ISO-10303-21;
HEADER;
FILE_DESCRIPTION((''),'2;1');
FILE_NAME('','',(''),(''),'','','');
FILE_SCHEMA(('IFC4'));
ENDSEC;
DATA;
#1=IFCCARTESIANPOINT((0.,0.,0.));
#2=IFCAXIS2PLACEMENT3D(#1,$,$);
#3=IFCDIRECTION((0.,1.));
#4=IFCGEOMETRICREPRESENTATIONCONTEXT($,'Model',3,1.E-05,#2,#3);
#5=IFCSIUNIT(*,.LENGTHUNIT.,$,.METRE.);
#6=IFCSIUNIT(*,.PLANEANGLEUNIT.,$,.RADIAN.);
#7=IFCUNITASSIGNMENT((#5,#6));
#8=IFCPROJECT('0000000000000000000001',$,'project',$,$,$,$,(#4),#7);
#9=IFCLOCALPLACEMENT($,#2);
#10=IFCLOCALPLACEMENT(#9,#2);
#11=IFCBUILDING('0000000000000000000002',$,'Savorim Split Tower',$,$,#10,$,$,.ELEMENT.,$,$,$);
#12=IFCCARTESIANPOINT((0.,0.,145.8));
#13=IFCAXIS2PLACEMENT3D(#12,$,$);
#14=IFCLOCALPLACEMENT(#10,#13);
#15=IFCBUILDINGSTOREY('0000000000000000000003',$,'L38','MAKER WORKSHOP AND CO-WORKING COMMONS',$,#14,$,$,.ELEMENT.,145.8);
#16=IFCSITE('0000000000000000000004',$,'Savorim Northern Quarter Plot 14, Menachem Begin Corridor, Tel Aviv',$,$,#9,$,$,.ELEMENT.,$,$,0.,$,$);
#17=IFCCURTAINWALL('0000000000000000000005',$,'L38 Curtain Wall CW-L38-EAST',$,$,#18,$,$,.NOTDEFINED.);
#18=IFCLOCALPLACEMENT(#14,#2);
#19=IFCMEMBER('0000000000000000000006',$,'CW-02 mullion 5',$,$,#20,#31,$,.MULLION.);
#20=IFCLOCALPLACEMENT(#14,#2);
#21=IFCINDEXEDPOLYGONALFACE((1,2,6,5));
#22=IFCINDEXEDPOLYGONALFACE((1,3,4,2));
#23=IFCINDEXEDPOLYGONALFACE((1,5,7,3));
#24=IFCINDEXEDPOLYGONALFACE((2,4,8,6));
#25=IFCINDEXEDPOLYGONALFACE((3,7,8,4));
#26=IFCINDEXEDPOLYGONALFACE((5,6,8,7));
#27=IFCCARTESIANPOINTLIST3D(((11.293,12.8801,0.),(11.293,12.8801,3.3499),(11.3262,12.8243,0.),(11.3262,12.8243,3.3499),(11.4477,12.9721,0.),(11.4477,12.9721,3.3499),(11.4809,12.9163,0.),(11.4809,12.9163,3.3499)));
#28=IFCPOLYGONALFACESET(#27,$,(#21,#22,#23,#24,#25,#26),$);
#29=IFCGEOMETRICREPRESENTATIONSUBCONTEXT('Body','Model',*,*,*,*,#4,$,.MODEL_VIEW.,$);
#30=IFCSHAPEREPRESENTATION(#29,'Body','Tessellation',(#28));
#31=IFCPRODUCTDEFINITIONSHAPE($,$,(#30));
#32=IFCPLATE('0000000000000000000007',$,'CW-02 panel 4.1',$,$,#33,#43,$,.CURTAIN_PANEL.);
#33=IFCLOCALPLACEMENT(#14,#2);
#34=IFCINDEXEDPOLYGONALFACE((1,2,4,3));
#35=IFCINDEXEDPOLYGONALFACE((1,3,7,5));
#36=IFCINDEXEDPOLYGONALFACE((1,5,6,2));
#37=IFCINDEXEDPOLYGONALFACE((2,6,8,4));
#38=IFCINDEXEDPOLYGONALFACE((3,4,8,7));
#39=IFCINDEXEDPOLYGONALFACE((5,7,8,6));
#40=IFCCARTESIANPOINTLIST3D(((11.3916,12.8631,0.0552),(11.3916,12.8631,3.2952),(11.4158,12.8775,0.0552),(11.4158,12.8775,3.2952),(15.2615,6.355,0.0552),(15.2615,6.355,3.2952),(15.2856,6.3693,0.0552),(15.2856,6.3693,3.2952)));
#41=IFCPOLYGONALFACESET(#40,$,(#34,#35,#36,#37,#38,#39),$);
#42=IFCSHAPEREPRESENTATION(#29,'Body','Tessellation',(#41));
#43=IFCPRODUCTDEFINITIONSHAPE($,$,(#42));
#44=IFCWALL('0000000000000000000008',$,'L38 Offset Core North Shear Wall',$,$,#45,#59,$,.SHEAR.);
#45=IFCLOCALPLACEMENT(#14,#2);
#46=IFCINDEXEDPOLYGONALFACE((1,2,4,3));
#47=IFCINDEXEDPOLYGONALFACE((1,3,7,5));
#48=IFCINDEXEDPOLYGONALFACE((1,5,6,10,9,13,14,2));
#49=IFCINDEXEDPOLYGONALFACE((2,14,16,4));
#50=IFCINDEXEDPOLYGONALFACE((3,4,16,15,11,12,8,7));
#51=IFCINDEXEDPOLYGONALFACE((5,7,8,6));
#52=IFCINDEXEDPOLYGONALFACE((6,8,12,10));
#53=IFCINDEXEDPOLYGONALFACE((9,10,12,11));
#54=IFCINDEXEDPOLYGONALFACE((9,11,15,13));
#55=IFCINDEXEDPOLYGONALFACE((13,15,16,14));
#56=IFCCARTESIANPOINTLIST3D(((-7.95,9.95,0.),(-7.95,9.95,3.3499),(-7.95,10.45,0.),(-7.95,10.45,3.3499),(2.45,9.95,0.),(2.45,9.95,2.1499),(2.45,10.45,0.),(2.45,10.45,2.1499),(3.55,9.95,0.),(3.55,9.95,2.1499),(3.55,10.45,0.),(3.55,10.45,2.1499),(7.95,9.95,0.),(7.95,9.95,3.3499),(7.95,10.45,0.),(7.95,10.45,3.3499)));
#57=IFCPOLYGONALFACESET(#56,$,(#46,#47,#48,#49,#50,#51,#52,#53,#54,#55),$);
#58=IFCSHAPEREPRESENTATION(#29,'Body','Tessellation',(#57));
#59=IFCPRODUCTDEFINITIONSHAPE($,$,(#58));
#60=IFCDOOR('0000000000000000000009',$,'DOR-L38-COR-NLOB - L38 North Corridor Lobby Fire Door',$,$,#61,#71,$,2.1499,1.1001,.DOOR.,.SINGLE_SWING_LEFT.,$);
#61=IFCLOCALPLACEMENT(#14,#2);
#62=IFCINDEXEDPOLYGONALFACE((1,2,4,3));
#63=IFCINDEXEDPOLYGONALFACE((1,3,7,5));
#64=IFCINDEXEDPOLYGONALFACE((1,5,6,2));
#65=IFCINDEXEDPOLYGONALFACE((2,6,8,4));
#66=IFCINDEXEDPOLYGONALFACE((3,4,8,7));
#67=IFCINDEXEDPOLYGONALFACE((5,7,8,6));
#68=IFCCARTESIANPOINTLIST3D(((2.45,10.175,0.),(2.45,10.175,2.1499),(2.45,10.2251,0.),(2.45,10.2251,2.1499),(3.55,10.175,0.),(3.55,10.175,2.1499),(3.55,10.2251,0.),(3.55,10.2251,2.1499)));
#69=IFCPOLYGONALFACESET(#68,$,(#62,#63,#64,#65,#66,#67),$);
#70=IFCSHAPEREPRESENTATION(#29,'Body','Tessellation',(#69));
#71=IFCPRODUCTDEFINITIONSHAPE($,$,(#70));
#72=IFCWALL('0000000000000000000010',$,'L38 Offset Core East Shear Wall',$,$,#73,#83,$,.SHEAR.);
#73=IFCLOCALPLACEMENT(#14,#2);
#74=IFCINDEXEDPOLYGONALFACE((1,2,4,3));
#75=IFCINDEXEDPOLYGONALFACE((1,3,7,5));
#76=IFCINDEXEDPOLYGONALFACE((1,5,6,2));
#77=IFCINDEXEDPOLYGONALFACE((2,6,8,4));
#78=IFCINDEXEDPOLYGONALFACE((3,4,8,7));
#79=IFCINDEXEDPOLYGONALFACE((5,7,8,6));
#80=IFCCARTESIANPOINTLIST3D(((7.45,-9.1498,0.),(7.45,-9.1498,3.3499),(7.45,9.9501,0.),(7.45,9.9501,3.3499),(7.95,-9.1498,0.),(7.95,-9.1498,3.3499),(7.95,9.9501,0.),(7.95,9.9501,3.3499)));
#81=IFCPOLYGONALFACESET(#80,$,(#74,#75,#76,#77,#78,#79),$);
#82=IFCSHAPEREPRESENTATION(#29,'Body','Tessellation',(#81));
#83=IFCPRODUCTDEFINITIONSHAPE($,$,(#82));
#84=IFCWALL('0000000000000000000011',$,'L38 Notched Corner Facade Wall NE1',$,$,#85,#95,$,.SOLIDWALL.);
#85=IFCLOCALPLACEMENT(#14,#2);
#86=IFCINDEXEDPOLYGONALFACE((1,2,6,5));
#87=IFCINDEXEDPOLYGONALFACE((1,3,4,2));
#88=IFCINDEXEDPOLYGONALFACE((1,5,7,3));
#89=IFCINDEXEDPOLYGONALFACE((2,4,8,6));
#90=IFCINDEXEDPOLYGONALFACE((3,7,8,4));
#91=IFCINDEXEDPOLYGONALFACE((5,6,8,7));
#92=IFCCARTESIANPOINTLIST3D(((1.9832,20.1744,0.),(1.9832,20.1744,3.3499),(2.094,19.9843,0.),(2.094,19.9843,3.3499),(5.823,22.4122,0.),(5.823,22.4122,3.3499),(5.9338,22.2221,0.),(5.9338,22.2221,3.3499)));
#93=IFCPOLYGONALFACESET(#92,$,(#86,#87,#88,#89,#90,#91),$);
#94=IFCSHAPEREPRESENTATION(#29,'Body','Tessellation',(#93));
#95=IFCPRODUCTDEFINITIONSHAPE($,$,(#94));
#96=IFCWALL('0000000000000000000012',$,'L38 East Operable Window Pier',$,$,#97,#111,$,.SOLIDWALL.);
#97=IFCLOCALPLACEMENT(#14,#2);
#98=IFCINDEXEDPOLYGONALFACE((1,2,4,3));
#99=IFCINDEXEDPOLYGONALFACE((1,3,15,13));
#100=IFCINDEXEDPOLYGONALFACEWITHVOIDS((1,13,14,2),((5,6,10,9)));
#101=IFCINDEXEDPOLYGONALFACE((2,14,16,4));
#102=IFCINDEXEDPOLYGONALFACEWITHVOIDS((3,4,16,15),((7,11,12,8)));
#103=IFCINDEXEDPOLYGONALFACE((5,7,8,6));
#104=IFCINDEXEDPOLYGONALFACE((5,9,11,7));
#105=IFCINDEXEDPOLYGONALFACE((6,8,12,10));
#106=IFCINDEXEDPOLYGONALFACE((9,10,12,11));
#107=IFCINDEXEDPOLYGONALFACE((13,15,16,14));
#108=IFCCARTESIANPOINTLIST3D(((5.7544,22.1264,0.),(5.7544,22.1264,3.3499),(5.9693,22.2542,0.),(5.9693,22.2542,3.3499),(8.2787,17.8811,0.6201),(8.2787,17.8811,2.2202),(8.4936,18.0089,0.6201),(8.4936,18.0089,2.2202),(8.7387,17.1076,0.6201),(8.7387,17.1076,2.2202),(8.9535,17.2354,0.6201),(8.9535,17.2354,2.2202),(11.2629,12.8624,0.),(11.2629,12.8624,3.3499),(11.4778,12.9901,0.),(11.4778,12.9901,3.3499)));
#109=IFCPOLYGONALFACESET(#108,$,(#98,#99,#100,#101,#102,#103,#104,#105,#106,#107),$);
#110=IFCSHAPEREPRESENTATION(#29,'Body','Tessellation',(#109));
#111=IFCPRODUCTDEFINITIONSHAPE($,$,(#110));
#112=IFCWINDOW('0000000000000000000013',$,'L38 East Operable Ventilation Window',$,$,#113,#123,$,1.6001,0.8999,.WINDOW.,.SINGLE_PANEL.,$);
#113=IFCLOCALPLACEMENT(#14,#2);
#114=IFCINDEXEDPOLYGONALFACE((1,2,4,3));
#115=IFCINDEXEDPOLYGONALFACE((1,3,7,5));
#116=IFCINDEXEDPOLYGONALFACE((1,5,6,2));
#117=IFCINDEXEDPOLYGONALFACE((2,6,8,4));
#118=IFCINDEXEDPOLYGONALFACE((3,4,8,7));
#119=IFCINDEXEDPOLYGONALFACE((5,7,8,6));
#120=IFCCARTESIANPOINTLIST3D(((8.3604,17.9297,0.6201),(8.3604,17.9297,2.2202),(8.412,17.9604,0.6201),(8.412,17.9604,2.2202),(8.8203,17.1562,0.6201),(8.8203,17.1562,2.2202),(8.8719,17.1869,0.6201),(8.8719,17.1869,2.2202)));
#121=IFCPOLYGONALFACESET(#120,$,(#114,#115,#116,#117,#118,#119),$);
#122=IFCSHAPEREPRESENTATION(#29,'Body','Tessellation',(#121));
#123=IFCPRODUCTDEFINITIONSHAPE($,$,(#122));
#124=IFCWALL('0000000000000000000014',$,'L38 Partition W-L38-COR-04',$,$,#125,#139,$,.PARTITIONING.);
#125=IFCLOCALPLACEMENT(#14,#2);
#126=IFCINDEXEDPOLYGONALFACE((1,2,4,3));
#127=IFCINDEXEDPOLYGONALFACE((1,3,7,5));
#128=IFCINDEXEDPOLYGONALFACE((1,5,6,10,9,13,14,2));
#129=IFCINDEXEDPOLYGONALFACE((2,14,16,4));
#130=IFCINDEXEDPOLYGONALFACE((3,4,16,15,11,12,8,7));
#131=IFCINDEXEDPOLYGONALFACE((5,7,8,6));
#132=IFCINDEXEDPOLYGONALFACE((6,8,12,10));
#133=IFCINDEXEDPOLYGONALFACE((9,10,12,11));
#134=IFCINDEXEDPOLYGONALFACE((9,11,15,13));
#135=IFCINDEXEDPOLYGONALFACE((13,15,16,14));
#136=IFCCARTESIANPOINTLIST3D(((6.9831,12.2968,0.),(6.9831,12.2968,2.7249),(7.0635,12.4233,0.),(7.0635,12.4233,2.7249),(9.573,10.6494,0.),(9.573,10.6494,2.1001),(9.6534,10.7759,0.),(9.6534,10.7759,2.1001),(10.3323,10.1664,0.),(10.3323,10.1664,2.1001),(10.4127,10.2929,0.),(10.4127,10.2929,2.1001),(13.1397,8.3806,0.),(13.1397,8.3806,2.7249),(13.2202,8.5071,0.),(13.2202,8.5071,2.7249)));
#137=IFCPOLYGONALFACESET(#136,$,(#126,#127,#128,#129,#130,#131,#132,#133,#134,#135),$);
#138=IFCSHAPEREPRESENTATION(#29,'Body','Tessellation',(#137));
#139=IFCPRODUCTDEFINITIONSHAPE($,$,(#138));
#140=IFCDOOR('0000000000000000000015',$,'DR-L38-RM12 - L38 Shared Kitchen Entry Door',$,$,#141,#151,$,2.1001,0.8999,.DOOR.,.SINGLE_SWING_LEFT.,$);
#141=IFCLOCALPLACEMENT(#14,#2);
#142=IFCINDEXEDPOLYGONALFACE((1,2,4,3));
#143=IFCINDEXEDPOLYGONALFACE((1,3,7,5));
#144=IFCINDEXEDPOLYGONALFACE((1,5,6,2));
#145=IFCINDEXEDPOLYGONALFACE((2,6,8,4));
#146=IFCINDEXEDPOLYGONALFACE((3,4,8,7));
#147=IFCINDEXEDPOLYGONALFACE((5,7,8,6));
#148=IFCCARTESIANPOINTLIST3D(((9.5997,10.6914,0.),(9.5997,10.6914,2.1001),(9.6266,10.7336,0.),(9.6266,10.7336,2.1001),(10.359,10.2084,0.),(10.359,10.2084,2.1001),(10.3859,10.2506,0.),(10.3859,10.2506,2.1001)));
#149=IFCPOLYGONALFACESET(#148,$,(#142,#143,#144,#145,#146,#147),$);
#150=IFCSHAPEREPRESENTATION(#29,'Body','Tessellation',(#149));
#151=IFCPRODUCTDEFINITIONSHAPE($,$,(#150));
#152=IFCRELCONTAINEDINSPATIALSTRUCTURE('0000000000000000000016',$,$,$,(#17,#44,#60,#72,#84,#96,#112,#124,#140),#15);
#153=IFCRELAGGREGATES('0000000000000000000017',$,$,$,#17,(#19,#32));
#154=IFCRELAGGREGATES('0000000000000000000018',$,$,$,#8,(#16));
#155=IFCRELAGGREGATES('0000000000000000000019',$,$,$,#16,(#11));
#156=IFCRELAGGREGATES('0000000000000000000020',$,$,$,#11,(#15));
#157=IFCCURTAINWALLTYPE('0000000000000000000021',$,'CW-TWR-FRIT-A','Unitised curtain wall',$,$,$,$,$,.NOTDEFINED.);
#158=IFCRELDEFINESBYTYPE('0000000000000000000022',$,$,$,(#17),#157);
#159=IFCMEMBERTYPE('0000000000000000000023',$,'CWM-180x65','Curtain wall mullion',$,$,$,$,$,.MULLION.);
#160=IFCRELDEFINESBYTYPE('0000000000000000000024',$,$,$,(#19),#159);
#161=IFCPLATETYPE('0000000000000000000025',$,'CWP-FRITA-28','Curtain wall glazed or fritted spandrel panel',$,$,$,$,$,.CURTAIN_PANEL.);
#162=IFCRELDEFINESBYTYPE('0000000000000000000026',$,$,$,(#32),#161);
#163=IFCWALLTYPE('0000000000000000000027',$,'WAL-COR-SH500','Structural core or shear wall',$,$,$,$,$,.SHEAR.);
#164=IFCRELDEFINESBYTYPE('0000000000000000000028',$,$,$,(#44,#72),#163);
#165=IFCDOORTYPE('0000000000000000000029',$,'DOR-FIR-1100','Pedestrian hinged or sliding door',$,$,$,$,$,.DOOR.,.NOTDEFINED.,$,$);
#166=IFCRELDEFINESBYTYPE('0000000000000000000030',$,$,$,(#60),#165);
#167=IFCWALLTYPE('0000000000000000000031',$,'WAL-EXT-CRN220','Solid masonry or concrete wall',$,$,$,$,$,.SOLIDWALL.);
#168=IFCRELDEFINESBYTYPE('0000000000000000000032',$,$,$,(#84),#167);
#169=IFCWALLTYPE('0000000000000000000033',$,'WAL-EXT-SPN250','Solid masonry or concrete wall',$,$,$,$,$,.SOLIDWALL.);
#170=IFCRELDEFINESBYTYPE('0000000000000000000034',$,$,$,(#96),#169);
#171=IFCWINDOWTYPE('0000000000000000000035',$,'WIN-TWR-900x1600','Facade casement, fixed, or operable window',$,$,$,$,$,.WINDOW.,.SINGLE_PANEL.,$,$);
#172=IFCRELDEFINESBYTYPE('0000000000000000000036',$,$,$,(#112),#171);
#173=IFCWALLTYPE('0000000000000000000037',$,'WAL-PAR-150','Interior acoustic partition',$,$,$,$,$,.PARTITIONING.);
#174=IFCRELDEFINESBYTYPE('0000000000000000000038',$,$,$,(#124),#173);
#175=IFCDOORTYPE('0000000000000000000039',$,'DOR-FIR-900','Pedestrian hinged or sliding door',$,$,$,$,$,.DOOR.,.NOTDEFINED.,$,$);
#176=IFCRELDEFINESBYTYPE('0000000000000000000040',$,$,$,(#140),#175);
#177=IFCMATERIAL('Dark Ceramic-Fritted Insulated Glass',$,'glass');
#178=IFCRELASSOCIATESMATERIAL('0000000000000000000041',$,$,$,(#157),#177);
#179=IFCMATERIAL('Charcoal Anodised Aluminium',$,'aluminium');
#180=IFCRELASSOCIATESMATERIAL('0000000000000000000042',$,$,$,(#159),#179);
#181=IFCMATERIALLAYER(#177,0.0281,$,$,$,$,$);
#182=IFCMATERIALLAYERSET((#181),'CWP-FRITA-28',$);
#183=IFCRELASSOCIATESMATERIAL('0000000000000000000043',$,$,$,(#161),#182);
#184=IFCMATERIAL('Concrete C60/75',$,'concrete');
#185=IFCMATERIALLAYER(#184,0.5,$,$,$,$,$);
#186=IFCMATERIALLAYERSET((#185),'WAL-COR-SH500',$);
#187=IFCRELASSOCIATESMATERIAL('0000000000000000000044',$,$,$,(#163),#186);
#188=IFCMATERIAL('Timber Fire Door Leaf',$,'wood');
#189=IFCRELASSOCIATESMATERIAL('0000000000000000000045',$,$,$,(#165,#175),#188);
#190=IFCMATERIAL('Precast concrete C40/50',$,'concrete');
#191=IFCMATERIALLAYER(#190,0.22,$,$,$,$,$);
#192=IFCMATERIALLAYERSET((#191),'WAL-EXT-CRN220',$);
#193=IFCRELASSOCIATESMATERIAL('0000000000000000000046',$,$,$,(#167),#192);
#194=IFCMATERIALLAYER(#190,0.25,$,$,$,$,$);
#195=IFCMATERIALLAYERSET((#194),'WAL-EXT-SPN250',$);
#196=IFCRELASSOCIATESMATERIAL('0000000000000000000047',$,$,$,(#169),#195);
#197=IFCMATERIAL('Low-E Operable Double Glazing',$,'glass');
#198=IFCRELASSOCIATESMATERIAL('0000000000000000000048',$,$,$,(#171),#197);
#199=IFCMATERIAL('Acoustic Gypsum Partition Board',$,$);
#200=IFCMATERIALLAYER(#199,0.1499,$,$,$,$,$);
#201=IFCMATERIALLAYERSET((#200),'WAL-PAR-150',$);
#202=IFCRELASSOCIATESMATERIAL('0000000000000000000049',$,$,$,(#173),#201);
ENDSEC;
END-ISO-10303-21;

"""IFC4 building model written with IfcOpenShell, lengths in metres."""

from ifc_helpers import new_model, si_unit, direction, frame, frame_2d, origin, origin_2d, place, context, subcontext, project, spatial, rectangle, extrude, material, layer, layer_set, material_profile, profile_set, type_object, element, fill, aggregate, save


model = new_model("IFC4")

# Units and contexts
model_context = context("Model", 3, precision=1e-05, world=origin(), true_north=direction((0.0, 1.0)))
body_context = subcontext(model_context, "Body", "Model", "MODEL_VIEW")
ifc_project = project(units=[si_unit("LENGTHUNIT", "METRE"), si_unit("PLANEANGLEUNIT", "RADIAN")], contexts=[model_context])

# Site, building, storey
site_placement = place(None, origin())
site = spatial("IfcSite", under=ifc_project, at=site_placement, Name="Savorim Northern Quarter Plot 14, Menachem Begin Corridor, Tel Aviv", CompositionType="ELEMENT", RefElevation=0.0)
building_placement = place(site_placement, origin())
building = spatial("IfcBuilding", under=site, at=building_placement, Name="Savorim Split Tower", CompositionType="ELEMENT")
storey_placement = place(building_placement, frame((0.0, 0.0, 145.8)))
storey = spatial("IfcBuildingStorey", under=building, at=storey_placement, Name="L38", Description="MAKER WORKSHOP AND CO-WORKING COMMONS", CompositionType="ELEMENT", Elevation=145.8)

# Curtain wall, member, plate
ifc_material_1 = material(Name="Dark Ceramic-Fritted Insulated Glass", Category="glass")
curtain_wall_type = type_object("IfcCurtainWallType", Name="CW-TWR-FRIT-A", Description="Unitised curtain wall", PredefinedType="NOTDEFINED", material=ifc_material_1)
curtain_wall_placement = place(storey_placement, origin())
curtain_wall = element("IfcCurtainWall", 1, at=curtain_wall_placement, inside=storey, type_object=curtain_wall_type, Name="L38 Curtain Wall CW-L38-EAST", PredefinedType="NOTDEFINED")
ifc_material_2 = material(Name="Charcoal Anodised Aluminium", Category="aluminium")
ifc_material_profile_1 = material_profile(ifc_material_2, rectangle(XDim=0.1799, YDim=0.0649, at=origin_2d()), Name="ALU-M 180x65")
ifc_profile_set_1 = profile_set([ifc_material_profile_1], Name="Charcoal Anodised Aluminium")
member_type = type_object("IfcMemberType", Name="CWM-180x65", Description="Curtain wall mullion", PredefinedType="MULLION", material=ifc_profile_set_1)
member_placement = place(storey_placement, frame((11.387, 12.8982, 0.0), z_axis=(0.0, 0.0, 1.0), x_axis=(-0.859526, -0.511091, 0.0)))
member = element("IfcMember", 2, at=member_placement, type_object=member_type, Name="CW-02 mullion 5", PredefinedType="MULLION", context=body_context, shape_type="SweptSolid", body=[
    extrude(rectangle(XDim=0.1799, YDim=0.0649, at=origin_2d()), origin(), (0.0, 0.0, 1.0), 3.3499),
])
ifc_layer_1 = layer(ifc_material_1, 0.0281)
ifc_layer_set_1 = layer_set([ifc_layer_1], Name="CWP-FRITA-28")
plate_type = type_object("IfcPlateType", Name="CWP-FRITA-28", Description="Curtain wall glazed or fritted spandrel panel", PredefinedType="CURTAIN_PANEL", material=ifc_layer_set_1)
plate_placement = place(storey_placement, frame((13.3386, 9.6162, 0.0552), z_axis=(0.0, 0.0, 1.0), x_axis=(-0.511091, 0.859526, 0.0)))
plate = element("IfcPlate", 3, at=plate_placement, type_object=plate_type, Name="CW-02 panel 4.1", PredefinedType="CURTAIN_PANEL", context=body_context, shape_type="SweptSolid", body=[
    extrude(rectangle(XDim=7.5718, YDim=0.0281, at=origin_2d()), origin(), (0.0, 0.0, 1.0), 3.24),
])
aggregate(curtain_wall, [member, plate])

# Wall, opening, door
ifc_material_3 = material(Name="Concrete C60/75", Category="concrete")
ifc_layer_2 = layer(ifc_material_3, 0.5)
ifc_layer_set_2 = layer_set([ifc_layer_2], Name="WAL-COR-SH500")
wall_type_1 = type_object("IfcWallType", Name="WAL-COR-SH500", Description="Structural core or shear wall", PredefinedType="SHEAR", material=ifc_layer_set_2)
wall_1_placement = place(storey_placement, frame((7.95, 10.2, 0.0), z_axis=(0.0, 0.0, 1.0), x_axis=(-1.0, 0.0, 0.0)))
wall_1 = element("IfcWall", 4, at=wall_1_placement, inside=storey, type_object=wall_type_1, Name="L38 Offset Core North Shear Wall", PredefinedType="SHEAR", context=body_context, shape_type="SweptSolid", body=[
    extrude(rectangle(XDim=15.8999, YDim=0.5, at=frame_2d((7.95, 0.0))), origin(), (0.0, 0.0, 1.0), 3.3499),
])
opening_1_placement = place(wall_1_placement, frame((4.3999, 0.0, 0.0)))
opening_1 = element("IfcOpeningElement", 5, at=opening_1_placement, cuts=wall_1, PredefinedType="OPENING", context=body_context, shape_type="SweptSolid", body=[
    extrude(rectangle(XDim=1.1001, YDim=2.1499, at=frame_2d((0.55, 1.075))), frame((0.0, 0.26, 0.0), z_axis=(0.0, -1.0, 0.0), x_axis=(1.0, 0.0, 0.0)), (0.0, 0.0, 1.0), 0.52),
])
ifc_material_4 = material(Name="Timber Fire Door Leaf", Category="wood")
door_type_1 = type_object("IfcDoorType", Name="DOR-FIR-1100", Description="Pedestrian hinged or sliding door", OperationType="NOTDEFINED", PredefinedType="DOOR", material=ifc_material_4)
door_1_placement = place(opening_1_placement, origin())
door_1 = element("IfcDoor", 6, at=door_1_placement, inside=storey, type_object=door_type_1, Name="DOR-L38-COR-NLOB - L38 North Corridor Lobby Fire Door", OperationType="SINGLE_SWING_LEFT", OverallHeight=2.1499, OverallWidth=1.1001, PredefinedType="DOOR", context=body_context, shape_type="SweptSolid", body=[
    extrude(rectangle(XDim=1.1001, YDim=2.1499, at=frame_2d((0.55, 1.075))), frame((0.0, 0.0249, 0.0), z_axis=(0.0, -1.0, 0.0), x_axis=(1.0, 0.0, 0.0)), (0.0, 0.0, 1.0), 0.05),
])
fill(opening_1, door_1)

# Walls
wall_2_placement = place(storey_placement, frame((7.7, 9.95, 0.0), z_axis=(0.0, 0.0, 1.0), x_axis=(0.0, -1.0, 0.0)))
element("IfcWall", 7, at=wall_2_placement, inside=storey, type_object=wall_type_1, Name="L38 Offset Core East Shear Wall", PredefinedType="SHEAR", context=body_context, shape_type="SweptSolid", body=[
    extrude(rectangle(XDim=19.0999, YDim=0.5, at=frame_2d((9.5498, 0.0))), origin(), (0.0, 0.0, 1.0), 3.3499),
])
ifc_material_5 = material(Name="Precast concrete C40/50", Category="concrete")
ifc_layer_3 = layer(ifc_material_5, 0.22)
ifc_layer_set_3 = layer_set([ifc_layer_3], Name="WAL-EXT-CRN220")
wall_type_2 = type_object("IfcWallType", Name="WAL-EXT-CRN220", Description="Solid masonry or concrete wall", PredefinedType="SOLIDWALL", material=ifc_layer_set_3)
wall_3_placement = place(storey_placement, frame((2.0386, 20.0793, 0.0), z_axis=(0.0, 0.0, 1.0), x_axis=(0.863986, 0.503516, 0.0)))
element("IfcWall", 8, at=wall_3_placement, inside=storey, type_object=wall_type_2, Name="L38 Notched Corner Facade Wall NE1", PredefinedType="SOLIDWALL", context=body_context, shape_type="SweptSolid", body=[
    extrude(rectangle(XDim=4.4443, YDim=0.22, at=frame_2d((2.2222, 0.0))), origin(), (0.0, 0.0, 1.0), 3.3499),
])

# Wall, opening, window
ifc_layer_4 = layer(ifc_material_5, 0.25)
ifc_layer_set_4 = layer_set([ifc_layer_4], Name="WAL-EXT-SPN250")
wall_type_3 = type_object("IfcWallType", Name="WAL-EXT-SPN250", Description="Solid masonry or concrete wall", PredefinedType="SOLIDWALL", material=ifc_layer_set_4)
wall_4_placement = place(storey_placement, frame((5.8618, 22.1904, 0.0), z_axis=(0.0, 0.0, 1.0), x_axis=(0.511084, -0.859531, 0.0)))
wall_4 = element("IfcWall", 9, at=wall_4_placement, inside=storey, type_object=wall_type_3, Name="L38 East Operable Window Pier", PredefinedType="SOLIDWALL", context=body_context, shape_type="SweptSolid", body=[
    extrude(rectangle(XDim=10.7781, YDim=0.25, at=frame_2d((5.3892, 0.0))), origin(), (0.0, 0.0, 1.0), 3.3499),
])
opening_2_placement = place(wall_4_placement, frame((4.9392, 0.0, 0.6201)))
opening_2 = element("IfcOpeningElement", 10, at=opening_2_placement, cuts=wall_4, PredefinedType="OPENING", context=body_context, shape_type="SweptSolid", body=[
    extrude(rectangle(XDim=0.8999, YDim=1.6001, at=frame_2d((0.45, 0.8))), frame((0.0, 0.135, 0.0), z_axis=(0.0, -1.0, 0.0), x_axis=(1.0, 0.0, 0.0)), (0.0, 0.0, 1.0), 0.27),
])
ifc_material_6 = material(Name="Low-E Operable Double Glazing", Category="glass")
window_type = type_object("IfcWindowType", Name="WIN-TWR-900x1600", Description="Facade casement, fixed, or operable window", PartitioningType="SINGLE_PANEL", PredefinedType="WINDOW", material=ifc_material_6)
window_placement = place(opening_2_placement, origin())
window = element("IfcWindow", 11, at=window_placement, inside=storey, type_object=window_type, Name="L38 East Operable Ventilation Window", OverallHeight=1.6001, OverallWidth=0.8999, PartitioningType="SINGLE_PANEL", PredefinedType="WINDOW", context=body_context, shape_type="SweptSolid", body=[
    extrude(rectangle(XDim=0.8999, YDim=1.6001, at=frame_2d((0.45, 0.8))), frame((0.0, 0.03, 0.0), z_axis=(0.0, -1.0, 0.0), x_axis=(1.0, 0.0, 0.0)), (0.0, 0.0, 1.0), 0.0601),
])
fill(opening_2, window)

# Wall, opening, door
ifc_material_7 = material(Name="Acoustic Gypsum Partition Board")
ifc_layer_5 = layer(ifc_material_7, 0.1499)
ifc_layer_set_5 = layer_set([ifc_layer_5], Name="WAL-PAR-150")
wall_type_4 = type_object("IfcWallType", Name="WAL-PAR-150", Description="Interior acoustic partition", PredefinedType="PARTITIONING", material=ifc_layer_set_5)
wall_5_placement = place(storey_placement, frame((7.0232, 12.3601, 0.0), z_axis=(0.0, 0.0, 1.0), x_axis=(0.843765, -0.536713, 0.0)))
wall_5 = element("IfcWall", 12, at=wall_5_placement, inside=storey, type_object=wall_type_4, Name="L38 Partition W-L38-COR-04", PredefinedType="PARTITIONING", context=body_context, shape_type="SweptSolid", body=[
    extrude(rectangle(XDim=7.2966, YDim=0.1499, at=frame_2d((3.6484, 0.0))), origin(), (0.0, 0.0, 1.0), 2.7249),
])
opening_3_placement = place(wall_5_placement, frame((3.0696, 0.0, 0.0)))
opening_3 = element("IfcOpeningElement", 13, at=opening_3_placement, cuts=wall_5, PredefinedType="OPENING", context=body_context, shape_type="SweptSolid", body=[
    extrude(rectangle(XDim=0.8999, YDim=2.1001, at=frame_2d((0.45, 1.05))), frame((0.0, 0.085, 0.0), z_axis=(0.0, -1.0, 0.0), x_axis=(1.0, 0.0, 0.0)), (0.0, 0.0, 1.0), 0.1699),
])
door_type_2 = type_object("IfcDoorType", Name="DOR-FIR-900", Description="Pedestrian hinged or sliding door", OperationType="NOTDEFINED", PredefinedType="DOOR", material=ifc_material_4)
door_2_placement = place(opening_3_placement, origin())
door_2 = element("IfcDoor", 14, at=door_2_placement, inside=storey, type_object=door_type_2, Name="DR-L38-RM12 - L38 Shared Kitchen Entry Door", OperationType="SINGLE_SWING_LEFT", OverallHeight=2.1001, OverallWidth=0.8999, PredefinedType="DOOR", context=body_context, shape_type="SweptSolid", body=[
    extrude(rectangle(XDim=0.8999, YDim=2.1001, at=frame_2d((0.45, 1.05))), frame((0.0, 0.0249, 0.0), z_axis=(0.0, -1.0, 0.0), x_axis=(1.0, 0.0, 0.0)), (0.0, 0.0, 1.0), 0.05),
])
fill(opening_3, door_2)

save(model, "model.ifc")
